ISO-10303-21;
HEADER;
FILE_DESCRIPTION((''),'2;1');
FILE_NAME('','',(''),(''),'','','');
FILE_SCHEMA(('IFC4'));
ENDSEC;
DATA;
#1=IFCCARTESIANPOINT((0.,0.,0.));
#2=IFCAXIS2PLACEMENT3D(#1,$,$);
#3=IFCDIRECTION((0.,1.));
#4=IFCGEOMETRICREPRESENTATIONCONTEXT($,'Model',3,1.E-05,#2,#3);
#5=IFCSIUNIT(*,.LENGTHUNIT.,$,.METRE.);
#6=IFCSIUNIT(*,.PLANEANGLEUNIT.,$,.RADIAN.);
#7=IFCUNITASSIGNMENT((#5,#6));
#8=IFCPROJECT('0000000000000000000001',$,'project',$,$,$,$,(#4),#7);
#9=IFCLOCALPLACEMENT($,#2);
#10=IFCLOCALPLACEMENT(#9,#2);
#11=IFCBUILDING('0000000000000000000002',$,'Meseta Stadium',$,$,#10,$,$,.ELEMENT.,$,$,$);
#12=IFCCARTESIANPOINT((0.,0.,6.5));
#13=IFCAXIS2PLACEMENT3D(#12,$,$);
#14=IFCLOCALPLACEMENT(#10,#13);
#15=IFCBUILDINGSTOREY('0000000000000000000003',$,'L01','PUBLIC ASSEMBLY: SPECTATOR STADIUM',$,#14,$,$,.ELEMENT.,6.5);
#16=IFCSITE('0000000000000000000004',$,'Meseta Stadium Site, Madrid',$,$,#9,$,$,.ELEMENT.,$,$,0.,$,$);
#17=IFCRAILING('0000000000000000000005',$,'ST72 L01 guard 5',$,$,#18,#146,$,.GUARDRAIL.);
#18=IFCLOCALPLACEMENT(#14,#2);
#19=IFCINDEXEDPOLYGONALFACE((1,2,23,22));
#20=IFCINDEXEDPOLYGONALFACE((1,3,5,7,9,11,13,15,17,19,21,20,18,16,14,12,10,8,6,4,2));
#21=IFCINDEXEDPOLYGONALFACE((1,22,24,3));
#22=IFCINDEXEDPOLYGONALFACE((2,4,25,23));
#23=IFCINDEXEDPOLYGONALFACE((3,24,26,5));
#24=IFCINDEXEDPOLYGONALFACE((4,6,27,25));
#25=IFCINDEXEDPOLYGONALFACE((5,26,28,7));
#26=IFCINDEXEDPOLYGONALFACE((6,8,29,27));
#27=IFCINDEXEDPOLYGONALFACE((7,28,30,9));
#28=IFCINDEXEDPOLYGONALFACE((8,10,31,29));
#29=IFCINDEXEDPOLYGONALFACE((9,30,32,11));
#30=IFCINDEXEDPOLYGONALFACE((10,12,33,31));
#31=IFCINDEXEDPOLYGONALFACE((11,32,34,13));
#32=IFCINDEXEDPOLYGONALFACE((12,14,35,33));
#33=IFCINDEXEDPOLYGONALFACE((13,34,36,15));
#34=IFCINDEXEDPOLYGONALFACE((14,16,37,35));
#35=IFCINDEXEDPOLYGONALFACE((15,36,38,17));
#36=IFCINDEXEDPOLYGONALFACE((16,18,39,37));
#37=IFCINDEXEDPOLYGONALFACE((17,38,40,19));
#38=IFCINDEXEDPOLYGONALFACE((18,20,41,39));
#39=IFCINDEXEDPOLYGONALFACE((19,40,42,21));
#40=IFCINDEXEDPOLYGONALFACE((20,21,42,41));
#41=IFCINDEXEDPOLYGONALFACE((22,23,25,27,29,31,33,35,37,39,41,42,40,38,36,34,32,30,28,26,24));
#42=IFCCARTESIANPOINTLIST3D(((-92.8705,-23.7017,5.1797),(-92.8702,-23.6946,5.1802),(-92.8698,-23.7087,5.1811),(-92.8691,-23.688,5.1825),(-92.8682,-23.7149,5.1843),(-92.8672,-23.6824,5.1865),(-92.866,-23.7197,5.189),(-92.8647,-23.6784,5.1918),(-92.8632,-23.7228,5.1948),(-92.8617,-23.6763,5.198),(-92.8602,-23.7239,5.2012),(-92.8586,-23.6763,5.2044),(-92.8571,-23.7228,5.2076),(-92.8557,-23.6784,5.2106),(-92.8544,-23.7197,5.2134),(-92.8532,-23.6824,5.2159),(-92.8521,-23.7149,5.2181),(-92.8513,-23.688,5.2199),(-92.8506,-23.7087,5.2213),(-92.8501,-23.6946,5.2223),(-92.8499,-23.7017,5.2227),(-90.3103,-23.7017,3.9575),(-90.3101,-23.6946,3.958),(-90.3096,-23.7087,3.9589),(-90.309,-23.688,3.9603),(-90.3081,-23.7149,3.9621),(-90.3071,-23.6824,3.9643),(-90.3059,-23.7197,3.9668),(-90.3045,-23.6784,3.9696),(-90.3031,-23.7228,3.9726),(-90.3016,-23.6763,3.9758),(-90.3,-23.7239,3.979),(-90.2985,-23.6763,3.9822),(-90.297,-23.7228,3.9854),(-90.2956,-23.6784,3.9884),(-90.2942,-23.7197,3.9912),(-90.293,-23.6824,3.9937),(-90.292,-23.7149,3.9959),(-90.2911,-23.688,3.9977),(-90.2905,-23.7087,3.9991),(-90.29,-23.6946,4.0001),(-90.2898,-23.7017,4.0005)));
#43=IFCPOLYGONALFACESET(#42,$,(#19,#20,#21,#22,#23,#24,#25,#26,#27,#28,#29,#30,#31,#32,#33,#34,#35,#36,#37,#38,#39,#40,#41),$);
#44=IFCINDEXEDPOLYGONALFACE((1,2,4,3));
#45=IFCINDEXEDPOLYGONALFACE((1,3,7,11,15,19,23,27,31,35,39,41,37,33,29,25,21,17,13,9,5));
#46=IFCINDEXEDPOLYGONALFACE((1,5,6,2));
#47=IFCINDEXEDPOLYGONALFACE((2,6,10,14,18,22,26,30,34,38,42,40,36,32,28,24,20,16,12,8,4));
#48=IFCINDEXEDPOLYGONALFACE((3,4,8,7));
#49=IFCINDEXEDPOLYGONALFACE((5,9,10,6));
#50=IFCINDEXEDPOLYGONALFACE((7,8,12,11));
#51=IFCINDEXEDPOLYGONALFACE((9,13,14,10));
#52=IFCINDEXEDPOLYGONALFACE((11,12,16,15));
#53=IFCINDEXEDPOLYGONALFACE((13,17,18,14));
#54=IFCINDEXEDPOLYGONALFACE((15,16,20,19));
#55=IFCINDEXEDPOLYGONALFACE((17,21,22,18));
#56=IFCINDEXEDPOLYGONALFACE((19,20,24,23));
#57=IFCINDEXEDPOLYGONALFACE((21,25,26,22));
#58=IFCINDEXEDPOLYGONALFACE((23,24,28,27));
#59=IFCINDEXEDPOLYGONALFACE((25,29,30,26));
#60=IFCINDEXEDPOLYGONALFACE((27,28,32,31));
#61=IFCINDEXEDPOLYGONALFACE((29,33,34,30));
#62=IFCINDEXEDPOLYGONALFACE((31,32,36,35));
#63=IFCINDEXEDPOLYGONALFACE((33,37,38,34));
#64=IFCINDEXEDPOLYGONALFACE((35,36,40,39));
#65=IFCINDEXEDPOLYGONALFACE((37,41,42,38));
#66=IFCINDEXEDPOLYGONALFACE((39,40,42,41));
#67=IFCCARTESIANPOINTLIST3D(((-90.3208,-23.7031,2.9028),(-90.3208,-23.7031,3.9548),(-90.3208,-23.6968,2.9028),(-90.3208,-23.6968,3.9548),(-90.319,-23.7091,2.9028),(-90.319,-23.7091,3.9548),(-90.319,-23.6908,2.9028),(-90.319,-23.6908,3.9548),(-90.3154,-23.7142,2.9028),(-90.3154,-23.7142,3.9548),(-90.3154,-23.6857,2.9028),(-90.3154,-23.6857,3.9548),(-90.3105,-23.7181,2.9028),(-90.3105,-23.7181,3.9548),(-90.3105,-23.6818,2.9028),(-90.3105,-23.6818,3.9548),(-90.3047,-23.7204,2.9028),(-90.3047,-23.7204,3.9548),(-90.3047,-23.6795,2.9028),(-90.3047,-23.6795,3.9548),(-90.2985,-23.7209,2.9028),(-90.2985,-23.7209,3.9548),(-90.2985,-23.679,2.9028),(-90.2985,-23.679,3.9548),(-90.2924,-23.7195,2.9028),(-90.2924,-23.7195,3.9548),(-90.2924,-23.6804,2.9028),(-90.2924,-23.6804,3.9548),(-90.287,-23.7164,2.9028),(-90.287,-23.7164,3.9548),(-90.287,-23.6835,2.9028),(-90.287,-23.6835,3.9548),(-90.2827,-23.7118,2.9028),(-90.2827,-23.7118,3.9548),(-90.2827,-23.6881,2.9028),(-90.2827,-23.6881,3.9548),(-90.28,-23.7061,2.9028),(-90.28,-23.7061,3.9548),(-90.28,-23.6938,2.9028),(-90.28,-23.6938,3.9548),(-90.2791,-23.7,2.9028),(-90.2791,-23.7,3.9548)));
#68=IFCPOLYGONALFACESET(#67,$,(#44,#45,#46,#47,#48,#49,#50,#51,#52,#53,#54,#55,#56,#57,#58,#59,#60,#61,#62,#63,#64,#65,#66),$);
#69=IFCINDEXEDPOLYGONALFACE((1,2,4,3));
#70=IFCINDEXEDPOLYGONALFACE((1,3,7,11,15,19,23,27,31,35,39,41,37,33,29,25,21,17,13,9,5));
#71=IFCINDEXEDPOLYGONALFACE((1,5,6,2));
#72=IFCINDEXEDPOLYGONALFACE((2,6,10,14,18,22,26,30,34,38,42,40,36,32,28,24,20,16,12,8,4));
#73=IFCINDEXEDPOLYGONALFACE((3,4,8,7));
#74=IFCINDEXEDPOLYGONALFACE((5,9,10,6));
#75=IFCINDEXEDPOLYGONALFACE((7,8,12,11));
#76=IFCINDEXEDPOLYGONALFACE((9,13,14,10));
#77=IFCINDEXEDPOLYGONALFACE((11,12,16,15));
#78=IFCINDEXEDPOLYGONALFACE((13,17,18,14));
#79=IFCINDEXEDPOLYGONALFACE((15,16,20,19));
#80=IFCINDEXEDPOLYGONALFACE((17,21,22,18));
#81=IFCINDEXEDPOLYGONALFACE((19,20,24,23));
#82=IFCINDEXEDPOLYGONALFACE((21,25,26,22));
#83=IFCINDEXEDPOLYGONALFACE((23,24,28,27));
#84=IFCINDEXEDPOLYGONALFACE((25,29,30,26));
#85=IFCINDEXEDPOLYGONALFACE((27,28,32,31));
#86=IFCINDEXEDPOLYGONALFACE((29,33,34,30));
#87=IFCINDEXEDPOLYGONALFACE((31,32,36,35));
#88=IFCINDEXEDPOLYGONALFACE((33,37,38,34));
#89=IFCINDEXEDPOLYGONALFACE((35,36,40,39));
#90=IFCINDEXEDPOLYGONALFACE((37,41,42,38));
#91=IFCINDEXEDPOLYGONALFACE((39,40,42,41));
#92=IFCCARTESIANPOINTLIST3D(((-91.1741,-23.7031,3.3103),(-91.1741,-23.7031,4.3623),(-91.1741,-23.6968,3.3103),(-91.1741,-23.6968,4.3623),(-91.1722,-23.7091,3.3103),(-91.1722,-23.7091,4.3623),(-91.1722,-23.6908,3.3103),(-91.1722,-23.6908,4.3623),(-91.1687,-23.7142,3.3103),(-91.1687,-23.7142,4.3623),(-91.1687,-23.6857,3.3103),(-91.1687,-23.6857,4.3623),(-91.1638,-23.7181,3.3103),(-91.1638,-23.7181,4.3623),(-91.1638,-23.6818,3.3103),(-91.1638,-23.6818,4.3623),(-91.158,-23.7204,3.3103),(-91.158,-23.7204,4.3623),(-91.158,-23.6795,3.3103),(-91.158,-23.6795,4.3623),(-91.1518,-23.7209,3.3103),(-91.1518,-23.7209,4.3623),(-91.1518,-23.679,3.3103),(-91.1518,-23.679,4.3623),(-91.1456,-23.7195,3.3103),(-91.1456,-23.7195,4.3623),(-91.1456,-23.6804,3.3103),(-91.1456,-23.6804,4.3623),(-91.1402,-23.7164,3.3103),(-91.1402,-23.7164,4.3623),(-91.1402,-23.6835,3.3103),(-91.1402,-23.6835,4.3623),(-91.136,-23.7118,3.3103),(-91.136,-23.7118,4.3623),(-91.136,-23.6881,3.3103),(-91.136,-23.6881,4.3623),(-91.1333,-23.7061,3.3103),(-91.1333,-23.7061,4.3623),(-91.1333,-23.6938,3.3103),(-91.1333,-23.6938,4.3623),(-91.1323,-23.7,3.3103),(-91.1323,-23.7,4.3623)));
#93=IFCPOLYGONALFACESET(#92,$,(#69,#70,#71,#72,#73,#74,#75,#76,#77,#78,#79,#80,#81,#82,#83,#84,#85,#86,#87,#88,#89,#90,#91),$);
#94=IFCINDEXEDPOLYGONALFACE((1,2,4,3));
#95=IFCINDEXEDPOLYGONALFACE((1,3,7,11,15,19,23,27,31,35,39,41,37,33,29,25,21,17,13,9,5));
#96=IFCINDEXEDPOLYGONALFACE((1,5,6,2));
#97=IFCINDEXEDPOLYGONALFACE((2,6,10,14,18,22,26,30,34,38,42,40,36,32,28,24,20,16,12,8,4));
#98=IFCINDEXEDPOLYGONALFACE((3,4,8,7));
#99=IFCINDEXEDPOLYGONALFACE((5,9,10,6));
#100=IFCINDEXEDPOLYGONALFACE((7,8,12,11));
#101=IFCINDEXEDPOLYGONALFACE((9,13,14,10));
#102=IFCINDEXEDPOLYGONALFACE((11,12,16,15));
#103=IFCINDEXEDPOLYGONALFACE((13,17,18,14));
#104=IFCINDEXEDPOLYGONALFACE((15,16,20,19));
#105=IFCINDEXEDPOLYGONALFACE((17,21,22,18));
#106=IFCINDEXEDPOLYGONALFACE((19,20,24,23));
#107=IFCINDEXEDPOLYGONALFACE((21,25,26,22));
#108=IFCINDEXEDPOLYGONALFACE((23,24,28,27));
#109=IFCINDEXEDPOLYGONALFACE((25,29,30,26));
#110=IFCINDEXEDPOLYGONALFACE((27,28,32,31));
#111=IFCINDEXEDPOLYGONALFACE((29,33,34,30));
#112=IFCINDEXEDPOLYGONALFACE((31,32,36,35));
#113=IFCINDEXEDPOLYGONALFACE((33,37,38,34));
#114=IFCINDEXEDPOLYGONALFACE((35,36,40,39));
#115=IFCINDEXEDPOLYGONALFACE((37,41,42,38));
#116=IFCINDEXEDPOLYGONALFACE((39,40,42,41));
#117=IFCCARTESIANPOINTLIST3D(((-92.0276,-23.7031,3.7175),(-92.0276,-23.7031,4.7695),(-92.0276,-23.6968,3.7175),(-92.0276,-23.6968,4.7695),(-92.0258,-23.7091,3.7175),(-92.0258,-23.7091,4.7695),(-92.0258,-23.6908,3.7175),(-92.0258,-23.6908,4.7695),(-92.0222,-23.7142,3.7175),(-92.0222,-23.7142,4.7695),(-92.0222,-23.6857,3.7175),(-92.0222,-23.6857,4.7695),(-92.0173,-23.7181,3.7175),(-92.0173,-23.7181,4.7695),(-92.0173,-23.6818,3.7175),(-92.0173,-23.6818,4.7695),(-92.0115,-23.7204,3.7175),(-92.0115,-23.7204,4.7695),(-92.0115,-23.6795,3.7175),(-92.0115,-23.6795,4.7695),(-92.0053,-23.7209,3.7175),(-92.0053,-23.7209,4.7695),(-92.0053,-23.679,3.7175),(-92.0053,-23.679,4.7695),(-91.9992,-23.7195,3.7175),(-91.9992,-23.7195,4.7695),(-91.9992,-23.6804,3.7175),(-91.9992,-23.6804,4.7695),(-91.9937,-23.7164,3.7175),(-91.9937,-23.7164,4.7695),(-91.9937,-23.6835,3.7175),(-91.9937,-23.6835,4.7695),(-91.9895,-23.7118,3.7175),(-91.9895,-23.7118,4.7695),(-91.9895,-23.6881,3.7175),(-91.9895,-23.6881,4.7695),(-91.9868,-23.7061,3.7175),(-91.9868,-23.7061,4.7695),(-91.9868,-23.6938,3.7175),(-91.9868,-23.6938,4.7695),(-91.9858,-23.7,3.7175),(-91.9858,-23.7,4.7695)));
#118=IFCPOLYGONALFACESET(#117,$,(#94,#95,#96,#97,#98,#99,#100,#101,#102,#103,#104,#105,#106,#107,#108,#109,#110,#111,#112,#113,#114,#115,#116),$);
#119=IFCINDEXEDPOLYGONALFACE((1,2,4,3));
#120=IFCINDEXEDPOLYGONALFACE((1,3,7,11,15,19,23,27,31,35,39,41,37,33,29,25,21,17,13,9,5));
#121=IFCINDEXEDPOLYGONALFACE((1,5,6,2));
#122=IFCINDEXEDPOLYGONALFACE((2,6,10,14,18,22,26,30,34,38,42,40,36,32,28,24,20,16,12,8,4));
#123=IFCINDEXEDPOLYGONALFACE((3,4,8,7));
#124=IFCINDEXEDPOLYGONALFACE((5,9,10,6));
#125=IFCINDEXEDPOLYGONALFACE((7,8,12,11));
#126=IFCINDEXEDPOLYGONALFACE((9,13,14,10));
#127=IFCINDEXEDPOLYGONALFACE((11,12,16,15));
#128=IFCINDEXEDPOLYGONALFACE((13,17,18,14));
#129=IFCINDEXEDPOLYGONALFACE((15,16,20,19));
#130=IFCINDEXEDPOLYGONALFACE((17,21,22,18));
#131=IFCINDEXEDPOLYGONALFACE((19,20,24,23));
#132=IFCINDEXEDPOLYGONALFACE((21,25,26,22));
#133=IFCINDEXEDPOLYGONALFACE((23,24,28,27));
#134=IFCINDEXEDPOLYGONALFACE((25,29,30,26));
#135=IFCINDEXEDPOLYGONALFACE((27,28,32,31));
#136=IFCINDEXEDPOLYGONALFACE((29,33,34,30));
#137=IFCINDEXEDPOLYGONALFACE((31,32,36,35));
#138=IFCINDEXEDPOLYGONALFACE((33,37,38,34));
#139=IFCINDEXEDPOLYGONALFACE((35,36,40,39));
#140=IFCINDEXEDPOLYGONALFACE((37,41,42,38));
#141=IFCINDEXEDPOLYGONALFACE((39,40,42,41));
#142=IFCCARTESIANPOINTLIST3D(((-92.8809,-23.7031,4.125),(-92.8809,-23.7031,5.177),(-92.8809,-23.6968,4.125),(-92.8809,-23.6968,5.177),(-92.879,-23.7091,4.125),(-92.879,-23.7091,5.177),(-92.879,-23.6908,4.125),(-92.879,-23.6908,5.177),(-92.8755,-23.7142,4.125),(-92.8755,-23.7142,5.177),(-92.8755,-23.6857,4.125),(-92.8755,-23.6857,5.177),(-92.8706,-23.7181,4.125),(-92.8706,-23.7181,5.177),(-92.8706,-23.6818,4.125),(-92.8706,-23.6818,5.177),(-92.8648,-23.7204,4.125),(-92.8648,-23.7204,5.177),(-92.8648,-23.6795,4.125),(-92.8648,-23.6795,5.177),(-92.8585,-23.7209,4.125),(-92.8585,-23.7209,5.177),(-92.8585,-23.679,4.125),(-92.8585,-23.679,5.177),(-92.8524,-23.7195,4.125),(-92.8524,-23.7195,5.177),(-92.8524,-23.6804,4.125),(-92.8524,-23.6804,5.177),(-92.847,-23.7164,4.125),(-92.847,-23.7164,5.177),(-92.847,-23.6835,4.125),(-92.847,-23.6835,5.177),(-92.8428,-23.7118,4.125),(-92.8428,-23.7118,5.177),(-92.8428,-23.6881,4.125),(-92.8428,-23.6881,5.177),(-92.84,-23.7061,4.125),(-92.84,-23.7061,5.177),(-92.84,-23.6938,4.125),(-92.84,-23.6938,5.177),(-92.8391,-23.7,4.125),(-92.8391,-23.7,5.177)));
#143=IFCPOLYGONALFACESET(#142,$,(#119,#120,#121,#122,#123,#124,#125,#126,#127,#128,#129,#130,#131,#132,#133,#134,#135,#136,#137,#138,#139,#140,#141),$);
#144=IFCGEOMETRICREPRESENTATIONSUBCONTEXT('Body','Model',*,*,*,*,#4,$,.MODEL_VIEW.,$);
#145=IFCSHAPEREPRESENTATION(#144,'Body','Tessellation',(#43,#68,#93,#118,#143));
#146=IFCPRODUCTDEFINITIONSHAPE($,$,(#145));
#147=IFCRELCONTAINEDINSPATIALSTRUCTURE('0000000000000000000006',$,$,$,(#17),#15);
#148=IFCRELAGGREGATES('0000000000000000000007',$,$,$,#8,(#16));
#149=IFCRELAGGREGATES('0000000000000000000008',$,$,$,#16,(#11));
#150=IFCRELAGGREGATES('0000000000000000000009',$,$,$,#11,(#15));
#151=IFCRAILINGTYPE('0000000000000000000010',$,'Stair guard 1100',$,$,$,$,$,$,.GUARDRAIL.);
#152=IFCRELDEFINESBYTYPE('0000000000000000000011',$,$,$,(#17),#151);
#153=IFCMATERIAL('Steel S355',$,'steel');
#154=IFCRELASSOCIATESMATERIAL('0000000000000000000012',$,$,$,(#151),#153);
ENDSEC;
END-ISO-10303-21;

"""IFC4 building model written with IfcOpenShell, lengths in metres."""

from ifc_helpers import new_model, si_unit, direction, frame, origin, origin_2d, place, context, subcontext, project, spatial, circle, extrude, material, type_object, element, save


model = new_model("IFC4")

# Units and contexts
model_context = context("Model", 3, precision=1e-05, world=origin(), true_north=direction((0.0, 1.0)))
body_context = subcontext(model_context, "Body", "Model", "MODEL_VIEW")
ifc_project = project(units=[si_unit("LENGTHUNIT", "METRE"), si_unit("PLANEANGLEUNIT", "RADIAN")], contexts=[model_context])

# Site, building, storey
site_placement = place(None, origin())
site = spatial("IfcSite", under=ifc_project, at=site_placement, Name="Meseta Stadium Site, Madrid", CompositionType="ELEMENT", RefElevation=0.0)
building_placement = place(site_placement, origin())
building = spatial("IfcBuilding", under=site, at=building_placement, Name="Meseta Stadium", CompositionType="ELEMENT")
storey_placement = place(building_placement, frame((0.0, 0.0, 6.5)))
storey = spatial("IfcBuildingStorey", under=building, at=storey_placement, Name="L01", Description="PUBLIC ASSEMBLY: SPECTATOR STADIUM", CompositionType="ELEMENT", Elevation=6.5)

# Railing
ifc_material_1 = material(Name="Steel S355", Category="steel")
railing_type_1 = type_object("IfcRailingType", Name="Stair guard 1100", PredefinedType="GUARDRAIL", material=ifc_material_1)
railing_1_placement = place(storey_placement, frame((-90.3, -23.7, 2.9028)))
element("IfcRailing", 1, at=railing_1_placement, inside=storey, type_object=railing_type_1, Name="ST72 L01 guard 5", PredefinedType="GUARDRAIL", context=body_context, shape_type="SweptSolid", body=[
    extrude(circle(Radius=0.0239, at=origin_2d()), frame((0.0, 0.0, 1.0762), z_axis=(-0.902437, 0.0, 0.430822), x_axis=(0.0, -1.0, 0.0)), (0.0, 0.0, 1.0), 2.8369),
    extrude(circle(Radius=0.021, at=origin_2d()), origin(), (0.0, 0.0, 1.0), 1.052),
    extrude(circle(Radius=0.021, at=origin_2d()), frame((-0.8533, 0.0, 0.4075)), (0.0, 0.0, 1.0), 1.052),
    extrude(circle(Radius=0.021, at=origin_2d()), frame((-1.7068, 0.0, 0.8147)), (0.0, 0.0, 1.0), 1.052),
    extrude(circle(Radius=0.021, at=origin_2d()), frame((-2.5601, 0.0, 1.2222)), (0.0, 0.0, 1.0), 1.052),
])

save(model, "model.ifc")
